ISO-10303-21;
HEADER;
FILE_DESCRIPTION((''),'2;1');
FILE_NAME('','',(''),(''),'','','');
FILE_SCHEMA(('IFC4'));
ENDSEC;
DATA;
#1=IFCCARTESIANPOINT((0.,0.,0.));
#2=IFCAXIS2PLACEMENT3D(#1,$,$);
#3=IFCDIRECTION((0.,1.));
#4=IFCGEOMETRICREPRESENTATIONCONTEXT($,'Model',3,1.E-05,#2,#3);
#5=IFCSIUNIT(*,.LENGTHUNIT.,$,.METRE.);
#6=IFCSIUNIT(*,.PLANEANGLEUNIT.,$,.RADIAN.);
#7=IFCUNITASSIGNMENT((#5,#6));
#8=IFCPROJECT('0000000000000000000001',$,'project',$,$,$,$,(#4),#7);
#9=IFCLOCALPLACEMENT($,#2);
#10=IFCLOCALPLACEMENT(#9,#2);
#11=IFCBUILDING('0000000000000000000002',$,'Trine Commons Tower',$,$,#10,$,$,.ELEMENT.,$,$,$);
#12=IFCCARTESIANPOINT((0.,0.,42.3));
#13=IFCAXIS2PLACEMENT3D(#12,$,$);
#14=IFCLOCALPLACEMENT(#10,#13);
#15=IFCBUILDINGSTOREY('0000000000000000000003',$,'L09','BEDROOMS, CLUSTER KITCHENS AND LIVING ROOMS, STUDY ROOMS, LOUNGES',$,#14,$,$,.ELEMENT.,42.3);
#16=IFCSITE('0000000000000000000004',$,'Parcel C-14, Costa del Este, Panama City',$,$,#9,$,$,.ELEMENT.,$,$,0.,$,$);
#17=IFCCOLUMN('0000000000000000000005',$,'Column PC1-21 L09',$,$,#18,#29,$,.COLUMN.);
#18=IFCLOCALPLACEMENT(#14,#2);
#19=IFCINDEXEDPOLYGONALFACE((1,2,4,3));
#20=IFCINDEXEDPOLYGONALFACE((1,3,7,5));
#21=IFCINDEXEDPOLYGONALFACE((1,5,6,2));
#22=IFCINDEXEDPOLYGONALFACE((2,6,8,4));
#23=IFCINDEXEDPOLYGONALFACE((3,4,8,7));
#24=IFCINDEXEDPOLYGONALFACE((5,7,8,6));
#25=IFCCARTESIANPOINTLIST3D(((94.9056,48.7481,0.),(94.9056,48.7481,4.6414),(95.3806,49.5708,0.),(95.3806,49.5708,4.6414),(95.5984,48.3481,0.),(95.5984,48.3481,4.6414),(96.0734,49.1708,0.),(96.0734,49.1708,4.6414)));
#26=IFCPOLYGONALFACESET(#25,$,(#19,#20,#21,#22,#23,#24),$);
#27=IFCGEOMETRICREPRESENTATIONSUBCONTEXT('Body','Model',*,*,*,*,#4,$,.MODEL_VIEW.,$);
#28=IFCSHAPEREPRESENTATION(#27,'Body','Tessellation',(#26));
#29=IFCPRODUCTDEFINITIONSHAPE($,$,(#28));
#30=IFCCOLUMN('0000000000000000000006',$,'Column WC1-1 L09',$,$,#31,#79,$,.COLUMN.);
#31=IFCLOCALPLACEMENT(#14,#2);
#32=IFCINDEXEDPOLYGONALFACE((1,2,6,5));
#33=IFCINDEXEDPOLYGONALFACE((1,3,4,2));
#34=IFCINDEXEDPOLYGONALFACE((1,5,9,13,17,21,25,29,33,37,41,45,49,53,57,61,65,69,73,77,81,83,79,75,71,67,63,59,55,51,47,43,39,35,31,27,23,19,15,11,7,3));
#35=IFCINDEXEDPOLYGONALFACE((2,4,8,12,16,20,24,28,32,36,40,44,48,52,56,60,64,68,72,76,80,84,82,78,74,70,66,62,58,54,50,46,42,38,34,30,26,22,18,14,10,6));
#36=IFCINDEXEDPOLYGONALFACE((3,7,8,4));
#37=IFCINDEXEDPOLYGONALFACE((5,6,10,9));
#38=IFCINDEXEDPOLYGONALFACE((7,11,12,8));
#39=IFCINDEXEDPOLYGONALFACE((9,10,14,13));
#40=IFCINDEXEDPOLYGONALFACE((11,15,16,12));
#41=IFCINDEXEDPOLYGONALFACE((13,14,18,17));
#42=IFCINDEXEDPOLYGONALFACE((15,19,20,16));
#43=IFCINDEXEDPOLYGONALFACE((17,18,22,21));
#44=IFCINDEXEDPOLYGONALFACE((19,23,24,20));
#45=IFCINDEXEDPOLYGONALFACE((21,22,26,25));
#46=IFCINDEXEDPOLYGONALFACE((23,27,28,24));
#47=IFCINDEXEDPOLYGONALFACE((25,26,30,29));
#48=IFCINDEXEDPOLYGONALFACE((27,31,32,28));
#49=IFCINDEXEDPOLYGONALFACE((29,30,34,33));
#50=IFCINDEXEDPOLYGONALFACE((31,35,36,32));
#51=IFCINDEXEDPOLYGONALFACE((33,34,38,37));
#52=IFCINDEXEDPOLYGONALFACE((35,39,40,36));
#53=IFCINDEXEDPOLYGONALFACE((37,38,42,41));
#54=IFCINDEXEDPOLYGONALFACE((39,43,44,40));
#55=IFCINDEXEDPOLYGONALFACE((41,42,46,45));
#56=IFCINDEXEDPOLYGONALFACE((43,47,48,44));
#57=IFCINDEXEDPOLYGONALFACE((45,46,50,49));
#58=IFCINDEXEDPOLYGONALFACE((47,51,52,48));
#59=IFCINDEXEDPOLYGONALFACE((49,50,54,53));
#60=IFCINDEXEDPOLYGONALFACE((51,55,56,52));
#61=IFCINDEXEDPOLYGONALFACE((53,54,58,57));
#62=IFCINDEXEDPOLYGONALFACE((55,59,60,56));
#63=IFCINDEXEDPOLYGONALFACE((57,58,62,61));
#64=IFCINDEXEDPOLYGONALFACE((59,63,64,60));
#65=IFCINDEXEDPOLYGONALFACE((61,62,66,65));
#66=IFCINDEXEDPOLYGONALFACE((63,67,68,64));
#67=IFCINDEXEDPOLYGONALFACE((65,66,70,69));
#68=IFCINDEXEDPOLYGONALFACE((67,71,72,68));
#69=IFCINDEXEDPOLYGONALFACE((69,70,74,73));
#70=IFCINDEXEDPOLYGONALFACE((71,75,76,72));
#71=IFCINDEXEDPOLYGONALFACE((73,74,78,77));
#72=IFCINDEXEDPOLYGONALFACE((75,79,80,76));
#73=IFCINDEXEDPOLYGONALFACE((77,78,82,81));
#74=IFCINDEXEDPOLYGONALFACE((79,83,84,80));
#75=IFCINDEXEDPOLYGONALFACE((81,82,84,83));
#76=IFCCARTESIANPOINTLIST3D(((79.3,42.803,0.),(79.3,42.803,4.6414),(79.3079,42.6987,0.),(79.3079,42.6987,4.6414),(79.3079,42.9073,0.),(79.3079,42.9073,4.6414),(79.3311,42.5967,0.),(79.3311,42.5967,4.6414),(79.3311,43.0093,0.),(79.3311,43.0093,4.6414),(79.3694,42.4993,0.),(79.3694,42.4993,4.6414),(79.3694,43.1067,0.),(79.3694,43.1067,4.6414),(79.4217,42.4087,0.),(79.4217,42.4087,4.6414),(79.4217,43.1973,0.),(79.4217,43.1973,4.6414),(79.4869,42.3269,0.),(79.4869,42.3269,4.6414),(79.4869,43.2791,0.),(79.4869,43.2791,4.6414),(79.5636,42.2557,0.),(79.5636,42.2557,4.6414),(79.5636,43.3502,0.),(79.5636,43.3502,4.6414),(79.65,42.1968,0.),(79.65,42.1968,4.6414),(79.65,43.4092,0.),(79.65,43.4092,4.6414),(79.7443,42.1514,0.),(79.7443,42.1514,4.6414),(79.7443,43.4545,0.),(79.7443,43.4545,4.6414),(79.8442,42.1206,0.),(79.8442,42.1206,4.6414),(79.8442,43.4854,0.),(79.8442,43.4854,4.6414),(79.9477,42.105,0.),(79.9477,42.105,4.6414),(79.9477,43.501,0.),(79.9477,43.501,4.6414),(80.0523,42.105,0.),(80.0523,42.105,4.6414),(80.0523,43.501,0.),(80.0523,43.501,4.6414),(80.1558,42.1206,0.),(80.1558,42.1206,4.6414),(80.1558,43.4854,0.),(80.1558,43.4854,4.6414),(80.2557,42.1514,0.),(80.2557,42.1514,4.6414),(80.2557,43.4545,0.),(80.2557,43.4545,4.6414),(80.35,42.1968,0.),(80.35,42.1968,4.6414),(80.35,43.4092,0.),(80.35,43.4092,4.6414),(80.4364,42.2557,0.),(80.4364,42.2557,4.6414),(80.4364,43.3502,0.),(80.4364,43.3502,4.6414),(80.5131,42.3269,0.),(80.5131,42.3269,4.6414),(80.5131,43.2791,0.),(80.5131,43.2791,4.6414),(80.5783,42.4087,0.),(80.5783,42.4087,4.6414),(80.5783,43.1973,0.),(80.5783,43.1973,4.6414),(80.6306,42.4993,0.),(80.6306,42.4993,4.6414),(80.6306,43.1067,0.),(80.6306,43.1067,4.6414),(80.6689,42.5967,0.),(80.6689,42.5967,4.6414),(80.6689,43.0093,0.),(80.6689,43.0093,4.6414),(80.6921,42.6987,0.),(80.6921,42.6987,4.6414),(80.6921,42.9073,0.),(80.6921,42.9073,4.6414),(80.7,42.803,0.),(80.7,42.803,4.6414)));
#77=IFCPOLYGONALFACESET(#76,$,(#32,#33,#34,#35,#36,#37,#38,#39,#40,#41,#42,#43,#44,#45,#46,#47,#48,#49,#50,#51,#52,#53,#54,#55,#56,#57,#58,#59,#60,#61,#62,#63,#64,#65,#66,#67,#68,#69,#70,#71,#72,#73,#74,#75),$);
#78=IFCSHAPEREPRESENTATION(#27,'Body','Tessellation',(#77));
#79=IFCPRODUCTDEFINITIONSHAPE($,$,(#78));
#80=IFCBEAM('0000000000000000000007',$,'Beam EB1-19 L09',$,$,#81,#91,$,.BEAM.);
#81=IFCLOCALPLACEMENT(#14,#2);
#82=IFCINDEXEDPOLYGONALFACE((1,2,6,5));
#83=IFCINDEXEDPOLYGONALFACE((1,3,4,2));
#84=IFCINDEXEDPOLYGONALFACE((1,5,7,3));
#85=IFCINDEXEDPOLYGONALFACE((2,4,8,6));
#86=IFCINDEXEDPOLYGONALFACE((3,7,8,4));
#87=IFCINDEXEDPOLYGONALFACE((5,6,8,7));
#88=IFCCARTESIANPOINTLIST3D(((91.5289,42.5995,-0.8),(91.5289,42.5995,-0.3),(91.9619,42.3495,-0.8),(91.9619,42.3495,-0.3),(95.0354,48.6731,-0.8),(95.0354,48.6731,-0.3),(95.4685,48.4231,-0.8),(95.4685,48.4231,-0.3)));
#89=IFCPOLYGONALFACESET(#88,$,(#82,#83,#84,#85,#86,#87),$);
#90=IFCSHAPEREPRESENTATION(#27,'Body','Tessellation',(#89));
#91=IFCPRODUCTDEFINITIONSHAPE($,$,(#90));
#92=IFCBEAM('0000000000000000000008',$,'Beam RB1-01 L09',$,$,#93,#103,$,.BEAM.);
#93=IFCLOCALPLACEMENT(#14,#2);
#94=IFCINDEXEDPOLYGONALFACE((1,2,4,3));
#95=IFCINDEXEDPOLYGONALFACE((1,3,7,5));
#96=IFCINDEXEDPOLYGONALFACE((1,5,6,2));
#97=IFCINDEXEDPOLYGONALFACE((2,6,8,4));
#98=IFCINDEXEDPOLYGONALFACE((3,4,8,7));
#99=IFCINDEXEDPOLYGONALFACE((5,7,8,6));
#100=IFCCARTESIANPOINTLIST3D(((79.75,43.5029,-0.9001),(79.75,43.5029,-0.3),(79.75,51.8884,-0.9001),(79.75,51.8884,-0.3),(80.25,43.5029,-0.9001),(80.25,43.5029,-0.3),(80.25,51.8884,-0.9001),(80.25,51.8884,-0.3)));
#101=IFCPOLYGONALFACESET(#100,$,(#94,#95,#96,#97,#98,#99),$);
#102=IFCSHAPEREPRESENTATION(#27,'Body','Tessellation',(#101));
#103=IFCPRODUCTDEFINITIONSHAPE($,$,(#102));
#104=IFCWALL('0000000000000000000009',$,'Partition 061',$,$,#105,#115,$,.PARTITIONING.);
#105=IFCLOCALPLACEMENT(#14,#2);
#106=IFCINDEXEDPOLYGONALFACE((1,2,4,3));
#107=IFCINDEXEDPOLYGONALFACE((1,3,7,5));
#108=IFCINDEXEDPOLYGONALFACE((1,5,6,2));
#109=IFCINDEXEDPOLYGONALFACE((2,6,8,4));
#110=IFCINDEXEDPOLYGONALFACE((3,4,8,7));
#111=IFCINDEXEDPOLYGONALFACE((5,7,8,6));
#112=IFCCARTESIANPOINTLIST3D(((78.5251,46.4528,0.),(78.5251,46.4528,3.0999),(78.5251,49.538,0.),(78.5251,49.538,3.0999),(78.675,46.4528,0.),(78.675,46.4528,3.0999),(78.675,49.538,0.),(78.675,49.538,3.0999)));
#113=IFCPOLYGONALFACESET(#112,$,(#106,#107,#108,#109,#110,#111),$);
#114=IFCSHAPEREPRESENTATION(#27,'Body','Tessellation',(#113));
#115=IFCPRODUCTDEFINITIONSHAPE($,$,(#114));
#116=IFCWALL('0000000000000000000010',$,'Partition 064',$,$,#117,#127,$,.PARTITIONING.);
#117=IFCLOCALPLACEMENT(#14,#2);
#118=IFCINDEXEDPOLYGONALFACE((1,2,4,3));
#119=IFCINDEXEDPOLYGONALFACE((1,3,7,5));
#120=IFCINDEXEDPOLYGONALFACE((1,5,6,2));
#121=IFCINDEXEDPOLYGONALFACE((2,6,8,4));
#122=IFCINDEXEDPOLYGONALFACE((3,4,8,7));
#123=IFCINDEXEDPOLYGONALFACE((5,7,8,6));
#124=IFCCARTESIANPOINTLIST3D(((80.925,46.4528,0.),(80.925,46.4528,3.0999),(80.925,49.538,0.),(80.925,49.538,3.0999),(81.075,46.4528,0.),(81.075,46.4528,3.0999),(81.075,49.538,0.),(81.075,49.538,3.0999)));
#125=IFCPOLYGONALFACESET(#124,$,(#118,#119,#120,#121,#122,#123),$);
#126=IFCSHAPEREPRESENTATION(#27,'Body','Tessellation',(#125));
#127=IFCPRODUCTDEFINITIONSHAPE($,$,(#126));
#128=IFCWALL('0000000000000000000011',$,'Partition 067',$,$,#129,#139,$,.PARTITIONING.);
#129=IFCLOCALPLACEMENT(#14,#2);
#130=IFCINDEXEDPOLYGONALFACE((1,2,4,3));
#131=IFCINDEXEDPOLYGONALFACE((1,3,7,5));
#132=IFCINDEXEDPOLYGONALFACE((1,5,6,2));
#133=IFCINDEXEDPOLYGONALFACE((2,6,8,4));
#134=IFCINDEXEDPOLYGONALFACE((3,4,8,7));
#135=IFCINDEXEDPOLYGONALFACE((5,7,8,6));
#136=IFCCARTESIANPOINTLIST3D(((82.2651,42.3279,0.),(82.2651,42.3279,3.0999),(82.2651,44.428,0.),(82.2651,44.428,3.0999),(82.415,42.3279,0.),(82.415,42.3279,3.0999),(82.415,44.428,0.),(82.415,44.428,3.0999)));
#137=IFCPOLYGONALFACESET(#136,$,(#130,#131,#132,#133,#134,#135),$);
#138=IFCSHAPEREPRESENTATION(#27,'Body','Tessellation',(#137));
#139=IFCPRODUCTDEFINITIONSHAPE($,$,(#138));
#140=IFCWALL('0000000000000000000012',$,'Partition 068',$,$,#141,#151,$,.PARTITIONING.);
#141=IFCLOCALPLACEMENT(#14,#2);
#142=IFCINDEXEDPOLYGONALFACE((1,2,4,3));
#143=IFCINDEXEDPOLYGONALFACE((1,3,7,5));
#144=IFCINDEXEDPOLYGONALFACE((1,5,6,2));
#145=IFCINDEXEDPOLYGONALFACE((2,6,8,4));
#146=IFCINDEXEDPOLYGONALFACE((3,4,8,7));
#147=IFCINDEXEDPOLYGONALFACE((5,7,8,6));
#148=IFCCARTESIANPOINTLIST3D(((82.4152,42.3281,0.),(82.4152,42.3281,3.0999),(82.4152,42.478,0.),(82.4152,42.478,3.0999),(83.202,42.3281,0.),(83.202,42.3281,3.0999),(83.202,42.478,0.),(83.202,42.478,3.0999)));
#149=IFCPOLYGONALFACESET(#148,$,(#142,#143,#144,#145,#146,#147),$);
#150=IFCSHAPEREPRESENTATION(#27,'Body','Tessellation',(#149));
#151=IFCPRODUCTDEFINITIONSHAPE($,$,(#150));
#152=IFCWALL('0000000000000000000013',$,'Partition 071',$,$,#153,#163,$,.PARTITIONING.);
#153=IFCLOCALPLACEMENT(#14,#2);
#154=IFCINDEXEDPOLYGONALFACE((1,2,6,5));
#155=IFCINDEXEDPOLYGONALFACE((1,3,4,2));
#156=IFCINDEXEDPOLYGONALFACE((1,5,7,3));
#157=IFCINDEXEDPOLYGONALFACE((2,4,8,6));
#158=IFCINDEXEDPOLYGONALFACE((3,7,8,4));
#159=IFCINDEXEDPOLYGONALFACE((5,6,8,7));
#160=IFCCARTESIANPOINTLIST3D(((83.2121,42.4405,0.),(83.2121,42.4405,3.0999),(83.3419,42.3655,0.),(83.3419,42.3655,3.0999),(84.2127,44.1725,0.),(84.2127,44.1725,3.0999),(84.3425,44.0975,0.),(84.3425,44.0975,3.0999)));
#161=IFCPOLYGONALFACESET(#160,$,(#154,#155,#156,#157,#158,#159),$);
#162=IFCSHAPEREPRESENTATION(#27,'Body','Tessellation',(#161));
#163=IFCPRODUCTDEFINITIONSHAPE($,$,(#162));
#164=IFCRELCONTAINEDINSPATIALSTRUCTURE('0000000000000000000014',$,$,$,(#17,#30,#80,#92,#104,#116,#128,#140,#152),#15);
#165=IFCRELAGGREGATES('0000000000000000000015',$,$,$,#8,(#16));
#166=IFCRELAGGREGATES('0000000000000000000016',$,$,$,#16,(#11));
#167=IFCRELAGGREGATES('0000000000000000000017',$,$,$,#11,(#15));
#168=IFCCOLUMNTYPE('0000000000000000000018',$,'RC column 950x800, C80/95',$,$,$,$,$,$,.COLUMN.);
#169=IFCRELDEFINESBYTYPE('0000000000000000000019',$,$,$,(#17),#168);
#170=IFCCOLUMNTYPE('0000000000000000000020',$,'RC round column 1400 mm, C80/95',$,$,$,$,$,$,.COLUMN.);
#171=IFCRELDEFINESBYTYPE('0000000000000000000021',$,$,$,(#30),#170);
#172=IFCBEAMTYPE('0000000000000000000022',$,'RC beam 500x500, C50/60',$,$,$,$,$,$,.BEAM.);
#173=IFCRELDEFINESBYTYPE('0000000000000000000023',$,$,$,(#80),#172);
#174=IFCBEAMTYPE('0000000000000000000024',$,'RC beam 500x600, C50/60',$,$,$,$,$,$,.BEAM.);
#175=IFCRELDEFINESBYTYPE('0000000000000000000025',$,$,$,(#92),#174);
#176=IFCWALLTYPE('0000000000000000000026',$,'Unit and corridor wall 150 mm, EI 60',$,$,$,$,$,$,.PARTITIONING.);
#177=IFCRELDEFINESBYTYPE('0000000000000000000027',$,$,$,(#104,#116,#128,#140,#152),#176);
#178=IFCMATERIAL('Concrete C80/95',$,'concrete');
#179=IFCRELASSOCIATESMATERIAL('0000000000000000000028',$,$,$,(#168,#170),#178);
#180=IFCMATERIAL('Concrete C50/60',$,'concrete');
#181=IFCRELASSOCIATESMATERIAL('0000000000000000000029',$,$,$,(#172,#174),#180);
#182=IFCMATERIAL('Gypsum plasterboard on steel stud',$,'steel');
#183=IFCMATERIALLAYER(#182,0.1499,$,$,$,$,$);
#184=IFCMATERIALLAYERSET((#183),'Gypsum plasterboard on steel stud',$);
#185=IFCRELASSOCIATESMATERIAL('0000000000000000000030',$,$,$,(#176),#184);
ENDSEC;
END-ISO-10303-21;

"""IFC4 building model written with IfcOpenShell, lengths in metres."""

from ifc_helpers import new_model, si_unit, direction, frame, frame_2d, origin, origin_2d, place, context, subcontext, project, spatial, rectangle, circle, extrude, material, layer, layer_set, material_profile, profile_set, type_object, element, save


model = new_model("IFC4")

# Units and contexts
model_context = context("Model", 3, precision=1e-05, world=origin(), true_north=direction((0.0, 1.0)))
body_context = subcontext(model_context, "Body", "Model", "MODEL_VIEW")
ifc_project = project(units=[si_unit("LENGTHUNIT", "METRE"), si_unit("PLANEANGLEUNIT", "RADIAN")], contexts=[model_context])

# Site, building, storey
site_placement = place(None, origin())
site = spatial("IfcSite", under=ifc_project, at=site_placement, Name="Parcel C-14, Costa del Este, Panama City", CompositionType="ELEMENT", RefElevation=0.0)
building_placement = place(site_placement, origin())
building = spatial("IfcBuilding", under=site, at=building_placement, Name="Trine Commons Tower", CompositionType="ELEMENT")
storey_placement = place(building_placement, frame((0.0, 0.0, 42.3)))
storey = spatial("IfcBuildingStorey", under=building, at=storey_placement, Name="L09", Description="BEDROOMS, CLUSTER KITCHENS AND LIVING ROOMS, STUDY ROOMS, LOUNGES", CompositionType="ELEMENT", Elevation=42.3)

# Columns
ifc_material_1 = material(Name="Concrete C80/95", Category="concrete")
ifc_material_profile_1 = material_profile(ifc_material_1, rectangle(XDim=0.95, YDim=0.8, at=origin_2d()), Name="RC 950x800")
ifc_profile_set_1 = profile_set([ifc_material_profile_1], Name="Concrete C80/95")
column_type_1 = type_object("IfcColumnType", Name="RC column 950x800, C80/95", PredefinedType="COLUMN", material=ifc_profile_set_1)
column_1_placement = place(storey_placement, frame((95.4895, 48.9595, 0.0), z_axis=(0.0, 0.0, 1.0), x_axis=(0.5, 0.866025, 0.0)))
element("IfcColumn", 1, at=column_1_placement, inside=storey, type_object=column_type_1, Name="Column PC1-21 L09", PredefinedType="COLUMN", context=body_context, shape_type="SweptSolid", body=[
    extrude(rectangle(XDim=0.95, YDim=0.8, at=origin_2d()), origin(), (0.0, 0.0, 1.0), 4.6414),
])
ifc_material_profile_2 = material_profile(ifc_material_1, circle(Radius=0.7, at=origin_2d()), Name="RC round 1400")
ifc_profile_set_2 = profile_set([ifc_material_profile_2], Name="Concrete C80/95")
column_type_2 = type_object("IfcColumnType", Name="RC round column 1400 mm, C80/95", PredefinedType="COLUMN", material=ifc_profile_set_2)
column_2_placement = place(storey_placement, frame((80.0, 42.803, 0.0), z_axis=(0.0, 0.0, 1.0), x_axis=(1.0, 0.0, 0.0)))
element("IfcColumn", 2, at=column_2_placement, inside=storey, type_object=column_type_2, Name="Column WC1-1 L09", PredefinedType="COLUMN", context=body_context, shape_type="SweptSolid", body=[
    extrude(circle(Radius=0.7, at=origin_2d()), origin(), (0.0, 0.0, 1.0), 4.6414),
])

# Beams
ifc_material_2 = material(Name="Concrete C50/60", Category="concrete")
ifc_material_profile_3 = material_profile(ifc_material_2, rectangle(XDim=0.5, YDim=0.5, at=origin_2d()), Name="RC 500x500")
ifc_profile_set_3 = profile_set([ifc_material_profile_3], Name="Concrete C50/60")
beam_type_1 = type_object("IfcBeamType", Name="RC beam 500x500, C50/60", PredefinedType="BEAM", material=ifc_profile_set_3)
beam_1_placement = place(storey_placement, frame((95.252, 48.5481, -0.55), z_axis=(-0.499992, -0.86603, 0.0), x_axis=(0.86603, -0.499992, 0.0)))
element("IfcBeam", 3, at=beam_1_placement, inside=storey, type_object=beam_type_1, Name="Beam EB1-19 L09", PredefinedType="BEAM", context=body_context, shape_type="SweptSolid", body=[
    extrude(rectangle(XDim=0.5, YDim=0.5, at=origin_2d()), origin(), (0.0, 0.0, 1.0), 7.0132),
])
ifc_material_profile_4 = material_profile(ifc_material_2, rectangle(XDim=0.5, YDim=0.6001, at=origin_2d()), Name="RC 500x600")
ifc_profile_set_4 = profile_set([ifc_material_profile_4], Name="Concrete C50/60")
beam_type_2 = type_object("IfcBeamType", Name="RC beam 500x600, C50/60", PredefinedType="BEAM", material=ifc_profile_set_4)
beam_2_placement = place(storey_placement, frame((80.0, 51.8884, -0.6001), z_axis=(0.0, -1.0, 0.0), x_axis=(1.0, 0.0, 0.0)))
element("IfcBeam", 4, at=beam_2_placement, inside=storey, type_object=beam_type_2, Name="Beam RB1-01 L09", PredefinedType="BEAM", context=body_context, shape_type="SweptSolid", body=[
    extrude(rectangle(XDim=0.5, YDim=0.6001, at=origin_2d()), origin(), (0.0, 0.0, 1.0), 8.3855),
])

# Walls
ifc_material_3 = material(Name="Gypsum plasterboard on steel stud", Category="steel")
ifc_layer_1 = layer(ifc_material_3, 0.1499)
ifc_layer_set_1 = layer_set([ifc_layer_1], Name="Gypsum plasterboard on steel stud")
wall_type_1 = type_object("IfcWallType", Name="Unit and corridor wall 150 mm, EI 60", PredefinedType="PARTITIONING", material=ifc_layer_set_1)
for number, where, z_axis, x_axis, name in (
    (5, (78.6001, 46.4529, 0.0), (0.0, 0.0, 1.0), (0.0, 1.0, 0.0), "Partition 061"),
    (6, (81.0, 46.4529, 0.0), (0.0, 0.0, 1.0), (0.0, 1.0, 0.0), "Partition 064"),
):
    element("IfcWall", number, at=place(storey_placement, frame(where, z_axis=z_axis, x_axis=x_axis)), inside=storey, type_object=wall_type_1, Name=name, PredefinedType="PARTITIONING", context=body_context, shape_type="SweptSolid", body=[
        extrude(rectangle(XDim=3.0852, YDim=0.1499, at=frame_2d((1.5425, 0.0))), origin(), (0.0, 0.0, 1.0), 3.0999),
    ])
wall_1_placement = place(storey_placement, frame((82.3401, 42.3279, 0.0), z_axis=(0.0, 0.0, 1.0), x_axis=(0.0, 1.0, 0.0)))
element("IfcWall", 7, at=wall_1_placement, inside=storey, type_object=wall_type_1, Name="Partition 067", PredefinedType="PARTITIONING", context=body_context, shape_type="SweptSolid", body=[
    extrude(rectangle(XDim=2.1001, YDim=0.1499, at=frame_2d((1.05, 0.0))), origin(), (0.0, 0.0, 1.0), 3.0999),
])
wall_2_placement = place(storey_placement, frame((82.415, 42.4031, 0.0), z_axis=(0.0, 0.0, 1.0), x_axis=(1.0, 0.0, 0.0)))
element("IfcWall", 8, at=wall_2_placement, inside=storey, type_object=wall_type_1, Name="Partition 068", PredefinedType="PARTITIONING", context=body_context, shape_type="SweptSolid", body=[
    extrude(rectangle(XDim=0.7869, YDim=0.1499, at=frame_2d((0.3936, 0.0))), origin(), (0.0, 0.0, 1.0), 3.0999),
])
wall_3_placement = place(storey_placement, frame((83.2771, 42.4031, 0.0), z_axis=(0.0, 0.0, 1.0), x_axis=(0.500208, 0.865905, 0.0)))
element("IfcWall", 9, at=wall_3_placement, inside=storey, type_object=wall_type_1, Name="Partition 071", PredefinedType="PARTITIONING", context=body_context, shape_type="SweptSolid", body=[
    extrude(rectangle(XDim=2.0002, YDim=0.1499, at=frame_2d((1.0, 0.0))), origin(), (0.0, 0.0, 1.0), 3.0999),
])

save(model, "model.ifc")
